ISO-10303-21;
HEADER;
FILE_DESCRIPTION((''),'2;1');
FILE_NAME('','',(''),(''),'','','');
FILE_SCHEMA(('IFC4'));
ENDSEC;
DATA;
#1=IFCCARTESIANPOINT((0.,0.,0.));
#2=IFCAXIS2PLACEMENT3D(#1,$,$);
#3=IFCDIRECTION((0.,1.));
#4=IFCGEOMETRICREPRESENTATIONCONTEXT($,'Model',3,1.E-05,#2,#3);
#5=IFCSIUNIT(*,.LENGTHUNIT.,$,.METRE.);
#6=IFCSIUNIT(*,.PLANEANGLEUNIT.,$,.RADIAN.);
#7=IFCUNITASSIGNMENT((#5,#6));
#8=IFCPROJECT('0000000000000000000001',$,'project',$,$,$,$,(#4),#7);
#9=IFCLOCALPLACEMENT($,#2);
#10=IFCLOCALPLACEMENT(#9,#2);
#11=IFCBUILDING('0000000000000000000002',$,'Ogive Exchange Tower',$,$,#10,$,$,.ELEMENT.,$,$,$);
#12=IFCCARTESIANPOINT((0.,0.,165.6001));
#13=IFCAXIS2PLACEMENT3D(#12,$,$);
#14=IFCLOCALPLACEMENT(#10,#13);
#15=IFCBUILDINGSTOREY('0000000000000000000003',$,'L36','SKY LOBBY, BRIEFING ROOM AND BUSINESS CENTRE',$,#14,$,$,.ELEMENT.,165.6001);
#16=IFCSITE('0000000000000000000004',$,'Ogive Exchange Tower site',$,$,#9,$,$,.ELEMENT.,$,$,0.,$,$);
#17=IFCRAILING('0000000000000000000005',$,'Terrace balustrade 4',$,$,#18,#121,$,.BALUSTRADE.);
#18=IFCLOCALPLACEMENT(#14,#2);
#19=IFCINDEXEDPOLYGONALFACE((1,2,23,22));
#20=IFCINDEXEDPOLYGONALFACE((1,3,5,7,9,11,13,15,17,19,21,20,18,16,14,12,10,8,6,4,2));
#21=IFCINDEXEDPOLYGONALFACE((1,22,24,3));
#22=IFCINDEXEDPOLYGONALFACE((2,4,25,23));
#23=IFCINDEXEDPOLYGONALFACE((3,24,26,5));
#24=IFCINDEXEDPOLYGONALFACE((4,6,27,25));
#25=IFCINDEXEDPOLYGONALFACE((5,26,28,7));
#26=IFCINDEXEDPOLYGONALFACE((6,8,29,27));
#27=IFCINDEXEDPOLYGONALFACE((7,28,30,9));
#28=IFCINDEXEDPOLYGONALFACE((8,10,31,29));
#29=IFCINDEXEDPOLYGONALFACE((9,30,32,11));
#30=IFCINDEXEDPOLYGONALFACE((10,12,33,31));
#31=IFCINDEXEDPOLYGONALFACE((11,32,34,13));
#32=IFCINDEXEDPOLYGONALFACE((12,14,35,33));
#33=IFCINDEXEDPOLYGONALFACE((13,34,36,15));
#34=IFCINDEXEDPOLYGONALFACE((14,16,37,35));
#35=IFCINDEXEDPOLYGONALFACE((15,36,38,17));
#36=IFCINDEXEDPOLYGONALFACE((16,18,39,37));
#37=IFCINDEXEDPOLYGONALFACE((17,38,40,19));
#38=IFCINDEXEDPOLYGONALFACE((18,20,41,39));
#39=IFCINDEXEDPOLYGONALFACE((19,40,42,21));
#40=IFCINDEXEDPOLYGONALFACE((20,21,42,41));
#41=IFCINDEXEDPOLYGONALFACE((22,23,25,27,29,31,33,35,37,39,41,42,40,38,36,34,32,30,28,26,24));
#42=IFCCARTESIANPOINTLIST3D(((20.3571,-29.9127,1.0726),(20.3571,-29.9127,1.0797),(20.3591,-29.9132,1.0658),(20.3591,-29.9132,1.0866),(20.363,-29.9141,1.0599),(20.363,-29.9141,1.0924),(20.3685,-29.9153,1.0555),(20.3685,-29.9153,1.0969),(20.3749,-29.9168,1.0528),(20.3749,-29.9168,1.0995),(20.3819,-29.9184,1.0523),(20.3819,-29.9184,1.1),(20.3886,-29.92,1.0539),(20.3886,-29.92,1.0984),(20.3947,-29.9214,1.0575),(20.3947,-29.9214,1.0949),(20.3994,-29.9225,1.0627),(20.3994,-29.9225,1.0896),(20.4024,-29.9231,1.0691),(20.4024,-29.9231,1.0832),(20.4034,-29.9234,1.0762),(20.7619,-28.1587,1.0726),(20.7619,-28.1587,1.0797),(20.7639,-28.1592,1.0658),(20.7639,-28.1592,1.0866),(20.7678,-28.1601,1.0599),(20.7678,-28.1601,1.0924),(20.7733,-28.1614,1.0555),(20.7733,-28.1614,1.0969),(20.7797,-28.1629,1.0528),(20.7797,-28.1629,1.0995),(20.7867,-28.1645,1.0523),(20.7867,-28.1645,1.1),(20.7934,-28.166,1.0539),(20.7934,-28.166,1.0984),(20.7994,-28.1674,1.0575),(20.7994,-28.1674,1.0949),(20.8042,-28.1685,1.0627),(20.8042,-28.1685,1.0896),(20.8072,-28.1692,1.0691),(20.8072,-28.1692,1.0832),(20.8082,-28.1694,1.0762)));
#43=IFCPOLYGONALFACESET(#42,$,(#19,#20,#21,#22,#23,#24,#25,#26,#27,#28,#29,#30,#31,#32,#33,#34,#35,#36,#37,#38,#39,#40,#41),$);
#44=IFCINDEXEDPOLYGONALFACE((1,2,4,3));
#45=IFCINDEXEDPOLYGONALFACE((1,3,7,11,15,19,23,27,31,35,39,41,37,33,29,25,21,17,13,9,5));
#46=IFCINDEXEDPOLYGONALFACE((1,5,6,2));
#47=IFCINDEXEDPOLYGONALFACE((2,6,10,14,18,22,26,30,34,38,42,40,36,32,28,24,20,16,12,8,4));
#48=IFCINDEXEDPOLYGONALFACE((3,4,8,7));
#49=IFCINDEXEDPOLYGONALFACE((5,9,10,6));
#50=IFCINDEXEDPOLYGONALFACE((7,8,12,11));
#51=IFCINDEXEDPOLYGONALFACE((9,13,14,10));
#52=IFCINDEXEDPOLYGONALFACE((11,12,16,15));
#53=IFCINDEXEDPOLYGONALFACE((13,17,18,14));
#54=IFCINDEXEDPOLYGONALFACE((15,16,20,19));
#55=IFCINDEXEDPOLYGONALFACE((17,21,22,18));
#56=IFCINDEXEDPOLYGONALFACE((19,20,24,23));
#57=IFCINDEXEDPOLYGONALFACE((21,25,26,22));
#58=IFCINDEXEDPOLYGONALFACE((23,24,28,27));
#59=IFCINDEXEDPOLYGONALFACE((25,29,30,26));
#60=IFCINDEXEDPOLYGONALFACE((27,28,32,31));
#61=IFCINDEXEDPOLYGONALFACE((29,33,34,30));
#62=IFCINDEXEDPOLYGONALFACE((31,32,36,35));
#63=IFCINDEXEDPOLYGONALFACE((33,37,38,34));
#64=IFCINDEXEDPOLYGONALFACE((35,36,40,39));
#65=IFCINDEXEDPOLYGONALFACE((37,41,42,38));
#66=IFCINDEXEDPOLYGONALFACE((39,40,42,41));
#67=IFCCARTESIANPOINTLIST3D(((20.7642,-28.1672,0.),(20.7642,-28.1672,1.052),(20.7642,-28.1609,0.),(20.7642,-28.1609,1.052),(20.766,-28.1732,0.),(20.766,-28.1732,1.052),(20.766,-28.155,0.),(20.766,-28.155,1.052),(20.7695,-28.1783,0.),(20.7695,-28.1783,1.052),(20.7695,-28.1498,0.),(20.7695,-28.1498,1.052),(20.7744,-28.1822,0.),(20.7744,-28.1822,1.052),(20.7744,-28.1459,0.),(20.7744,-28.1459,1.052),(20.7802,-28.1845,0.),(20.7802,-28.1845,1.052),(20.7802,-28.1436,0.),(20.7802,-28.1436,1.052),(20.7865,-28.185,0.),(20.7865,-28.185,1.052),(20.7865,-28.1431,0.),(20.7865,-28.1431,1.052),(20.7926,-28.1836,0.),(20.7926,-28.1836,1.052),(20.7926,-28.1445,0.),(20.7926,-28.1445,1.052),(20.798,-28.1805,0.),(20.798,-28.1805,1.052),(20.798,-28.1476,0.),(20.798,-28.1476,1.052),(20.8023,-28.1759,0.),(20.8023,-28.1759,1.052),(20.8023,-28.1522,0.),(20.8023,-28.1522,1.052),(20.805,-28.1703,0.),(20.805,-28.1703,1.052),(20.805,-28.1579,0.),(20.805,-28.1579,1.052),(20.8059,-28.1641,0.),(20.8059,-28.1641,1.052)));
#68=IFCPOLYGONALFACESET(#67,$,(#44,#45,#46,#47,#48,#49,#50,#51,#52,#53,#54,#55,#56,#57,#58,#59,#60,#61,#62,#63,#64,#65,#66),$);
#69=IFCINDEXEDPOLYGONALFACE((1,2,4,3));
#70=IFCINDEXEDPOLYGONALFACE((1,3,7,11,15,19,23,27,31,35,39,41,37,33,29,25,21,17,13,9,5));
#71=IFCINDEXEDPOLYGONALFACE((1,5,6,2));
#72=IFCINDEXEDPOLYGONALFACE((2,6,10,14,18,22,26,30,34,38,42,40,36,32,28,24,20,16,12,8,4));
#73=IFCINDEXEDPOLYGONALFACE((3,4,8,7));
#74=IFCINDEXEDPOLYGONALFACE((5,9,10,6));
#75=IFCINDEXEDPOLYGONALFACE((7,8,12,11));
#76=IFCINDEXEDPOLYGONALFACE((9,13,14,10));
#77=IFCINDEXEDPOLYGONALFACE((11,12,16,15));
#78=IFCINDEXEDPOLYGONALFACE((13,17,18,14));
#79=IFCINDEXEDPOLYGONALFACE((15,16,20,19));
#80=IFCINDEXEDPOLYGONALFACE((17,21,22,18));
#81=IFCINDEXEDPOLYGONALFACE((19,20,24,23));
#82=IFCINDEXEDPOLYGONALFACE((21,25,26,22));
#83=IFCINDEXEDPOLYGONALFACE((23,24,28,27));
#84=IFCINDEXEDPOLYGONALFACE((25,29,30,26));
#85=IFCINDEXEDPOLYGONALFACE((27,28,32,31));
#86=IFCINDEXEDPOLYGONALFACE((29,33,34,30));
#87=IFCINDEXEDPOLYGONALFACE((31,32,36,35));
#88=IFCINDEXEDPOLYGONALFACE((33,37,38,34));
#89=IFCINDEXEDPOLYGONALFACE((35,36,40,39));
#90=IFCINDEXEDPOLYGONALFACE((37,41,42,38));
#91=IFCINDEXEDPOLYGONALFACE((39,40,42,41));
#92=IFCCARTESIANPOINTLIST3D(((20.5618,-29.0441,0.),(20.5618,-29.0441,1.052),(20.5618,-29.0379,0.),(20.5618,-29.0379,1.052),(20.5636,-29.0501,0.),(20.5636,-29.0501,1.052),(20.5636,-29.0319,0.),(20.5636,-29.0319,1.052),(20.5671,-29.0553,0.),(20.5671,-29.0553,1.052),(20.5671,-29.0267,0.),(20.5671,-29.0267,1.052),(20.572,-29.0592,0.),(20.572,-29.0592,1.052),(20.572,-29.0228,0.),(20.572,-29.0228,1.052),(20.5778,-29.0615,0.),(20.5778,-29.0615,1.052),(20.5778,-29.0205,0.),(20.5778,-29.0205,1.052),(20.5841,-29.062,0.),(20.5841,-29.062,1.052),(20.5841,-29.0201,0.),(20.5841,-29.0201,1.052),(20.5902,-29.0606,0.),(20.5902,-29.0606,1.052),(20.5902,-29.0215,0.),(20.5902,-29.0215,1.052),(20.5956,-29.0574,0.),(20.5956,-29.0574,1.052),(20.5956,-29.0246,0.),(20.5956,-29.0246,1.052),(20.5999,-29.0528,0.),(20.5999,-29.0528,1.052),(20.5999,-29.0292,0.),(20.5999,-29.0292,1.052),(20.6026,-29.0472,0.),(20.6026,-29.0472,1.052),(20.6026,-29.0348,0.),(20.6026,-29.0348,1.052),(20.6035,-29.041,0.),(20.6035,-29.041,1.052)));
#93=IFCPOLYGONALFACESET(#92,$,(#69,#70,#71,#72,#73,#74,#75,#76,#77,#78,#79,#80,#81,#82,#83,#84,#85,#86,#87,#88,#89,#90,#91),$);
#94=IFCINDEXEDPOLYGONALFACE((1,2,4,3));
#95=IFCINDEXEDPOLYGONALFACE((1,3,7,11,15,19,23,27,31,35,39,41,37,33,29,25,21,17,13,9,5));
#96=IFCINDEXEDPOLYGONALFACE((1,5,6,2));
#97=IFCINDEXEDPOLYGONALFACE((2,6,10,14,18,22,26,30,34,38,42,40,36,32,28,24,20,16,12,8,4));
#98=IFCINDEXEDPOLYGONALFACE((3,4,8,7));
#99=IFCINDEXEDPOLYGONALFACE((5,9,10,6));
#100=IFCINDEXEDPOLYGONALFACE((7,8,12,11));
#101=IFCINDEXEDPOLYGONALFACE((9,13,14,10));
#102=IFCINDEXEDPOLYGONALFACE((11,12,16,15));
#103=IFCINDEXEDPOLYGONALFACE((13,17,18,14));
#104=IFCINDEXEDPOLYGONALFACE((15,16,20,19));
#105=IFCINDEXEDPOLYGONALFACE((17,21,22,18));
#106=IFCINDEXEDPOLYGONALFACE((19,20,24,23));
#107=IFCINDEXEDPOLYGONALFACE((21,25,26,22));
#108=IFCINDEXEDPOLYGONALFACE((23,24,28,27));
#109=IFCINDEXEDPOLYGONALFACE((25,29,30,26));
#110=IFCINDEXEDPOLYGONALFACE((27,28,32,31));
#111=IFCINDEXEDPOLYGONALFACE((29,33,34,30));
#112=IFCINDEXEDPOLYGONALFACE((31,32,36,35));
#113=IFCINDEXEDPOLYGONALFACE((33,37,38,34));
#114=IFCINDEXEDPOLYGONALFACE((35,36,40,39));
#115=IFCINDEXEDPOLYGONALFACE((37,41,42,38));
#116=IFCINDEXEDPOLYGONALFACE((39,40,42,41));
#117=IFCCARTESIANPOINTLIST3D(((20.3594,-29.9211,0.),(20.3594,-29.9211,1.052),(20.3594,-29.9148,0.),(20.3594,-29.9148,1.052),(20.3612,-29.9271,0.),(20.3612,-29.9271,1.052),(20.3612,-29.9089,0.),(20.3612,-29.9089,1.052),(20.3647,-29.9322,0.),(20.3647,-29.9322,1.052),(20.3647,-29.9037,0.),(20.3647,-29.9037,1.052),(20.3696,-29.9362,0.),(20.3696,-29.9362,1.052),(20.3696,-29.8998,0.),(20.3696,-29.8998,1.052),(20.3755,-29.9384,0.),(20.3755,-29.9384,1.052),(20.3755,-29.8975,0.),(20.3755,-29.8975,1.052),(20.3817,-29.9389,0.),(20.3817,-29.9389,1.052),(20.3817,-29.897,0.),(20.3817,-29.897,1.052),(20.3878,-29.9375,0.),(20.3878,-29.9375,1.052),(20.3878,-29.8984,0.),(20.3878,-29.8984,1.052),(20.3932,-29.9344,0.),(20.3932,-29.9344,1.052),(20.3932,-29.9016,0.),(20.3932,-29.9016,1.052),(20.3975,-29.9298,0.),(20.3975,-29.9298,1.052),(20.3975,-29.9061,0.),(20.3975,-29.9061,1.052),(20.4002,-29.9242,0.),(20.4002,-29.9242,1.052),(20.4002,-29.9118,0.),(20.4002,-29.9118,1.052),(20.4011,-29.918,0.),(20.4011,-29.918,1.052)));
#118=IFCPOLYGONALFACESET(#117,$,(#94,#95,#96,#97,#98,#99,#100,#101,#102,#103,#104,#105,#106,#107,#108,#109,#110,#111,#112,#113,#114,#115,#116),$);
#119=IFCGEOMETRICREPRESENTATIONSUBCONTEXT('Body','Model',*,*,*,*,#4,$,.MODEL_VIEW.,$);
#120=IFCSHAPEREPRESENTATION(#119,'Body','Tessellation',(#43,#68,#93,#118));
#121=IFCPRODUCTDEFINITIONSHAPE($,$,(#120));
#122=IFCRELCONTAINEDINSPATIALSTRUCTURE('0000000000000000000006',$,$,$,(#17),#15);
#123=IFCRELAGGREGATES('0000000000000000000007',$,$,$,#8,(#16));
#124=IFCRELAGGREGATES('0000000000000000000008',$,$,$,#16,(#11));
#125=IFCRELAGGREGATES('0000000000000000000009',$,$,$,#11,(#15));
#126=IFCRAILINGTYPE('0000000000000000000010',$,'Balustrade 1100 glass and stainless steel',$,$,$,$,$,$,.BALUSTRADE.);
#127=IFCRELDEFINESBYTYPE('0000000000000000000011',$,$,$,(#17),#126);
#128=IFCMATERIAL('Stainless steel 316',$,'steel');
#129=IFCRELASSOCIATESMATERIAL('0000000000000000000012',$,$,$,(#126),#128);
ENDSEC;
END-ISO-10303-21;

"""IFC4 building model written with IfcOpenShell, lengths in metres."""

from ifc_helpers import new_model, si_unit, direction, frame, origin, origin_2d, place, context, subcontext, project, spatial, circle, extrude, material, type_object, element, save


model = new_model("IFC4")

# Units and contexts
model_context = context("Model", 3, precision=1e-05, world=origin(), true_north=direction((0.0, 1.0)))
body_context = subcontext(model_context, "Body", "Model", "MODEL_VIEW")
ifc_project = project(units=[si_unit("LENGTHUNIT", "METRE"), si_unit("PLANEANGLEUNIT", "RADIAN")], contexts=[model_context])

# Site, building, storey
site_placement = place(None, origin())
site = spatial("IfcSite", under=ifc_project, at=site_placement, Name="Ogive Exchange Tower site", CompositionType="ELEMENT", RefElevation=0.0)
building_placement = place(site_placement, origin())
building = spatial("IfcBuilding", under=site, at=building_placement, Name="Ogive Exchange Tower", CompositionType="ELEMENT")
storey_placement = place(building_placement, frame((0.0, 0.0, 165.6001)))
storey = spatial("IfcBuildingStorey", under=building, at=storey_placement, Name="L36", Description="SKY LOBBY, BRIEFING ROOM AND BUSINESS CENTRE", CompositionType="ELEMENT", Elevation=165.6001)

# Railing
ifc_material_1 = material(Name="Stainless steel 316", Category="steel")
railing_type = type_object("IfcRailingType", Name="Balustrade 1100 glass and stainless steel", PredefinedType="BALUSTRADE", material=ifc_material_1)
railing_1_placement = place(storey_placement, frame((20.7849, -28.1641, 0.0)))
element("IfcRailing", 1, at=railing_1_placement, inside=storey, type_object=railing_type, Name="Terrace balustrade 4", PredefinedType="BALUSTRADE", context=body_context, shape_type="SweptSolid", body=[
    extrude(circle(Radius=0.0239, at=origin_2d()), frame((0.0, 0.0, 1.0762), z_axis=(-0.224879, -0.974387, 0.0), x_axis=(0.974387, -0.224879, 0.0)), (0.0, 0.0, 1.0), 1.8),
    extrude(circle(Radius=0.021, at=origin_2d()), origin(), (0.0, 0.0, 1.0), 1.052),
    extrude(circle(Radius=0.021, at=origin_2d()), frame((-0.2024, -0.877, 0.0)), (0.0, 0.0, 1.0), 1.052),
    extrude(circle(Radius=0.021, at=origin_2d()), frame((-0.4048, -1.7539, 0.0)), (0.0, 0.0, 1.0), 1.052),
])

save(model, "model.ifc")
